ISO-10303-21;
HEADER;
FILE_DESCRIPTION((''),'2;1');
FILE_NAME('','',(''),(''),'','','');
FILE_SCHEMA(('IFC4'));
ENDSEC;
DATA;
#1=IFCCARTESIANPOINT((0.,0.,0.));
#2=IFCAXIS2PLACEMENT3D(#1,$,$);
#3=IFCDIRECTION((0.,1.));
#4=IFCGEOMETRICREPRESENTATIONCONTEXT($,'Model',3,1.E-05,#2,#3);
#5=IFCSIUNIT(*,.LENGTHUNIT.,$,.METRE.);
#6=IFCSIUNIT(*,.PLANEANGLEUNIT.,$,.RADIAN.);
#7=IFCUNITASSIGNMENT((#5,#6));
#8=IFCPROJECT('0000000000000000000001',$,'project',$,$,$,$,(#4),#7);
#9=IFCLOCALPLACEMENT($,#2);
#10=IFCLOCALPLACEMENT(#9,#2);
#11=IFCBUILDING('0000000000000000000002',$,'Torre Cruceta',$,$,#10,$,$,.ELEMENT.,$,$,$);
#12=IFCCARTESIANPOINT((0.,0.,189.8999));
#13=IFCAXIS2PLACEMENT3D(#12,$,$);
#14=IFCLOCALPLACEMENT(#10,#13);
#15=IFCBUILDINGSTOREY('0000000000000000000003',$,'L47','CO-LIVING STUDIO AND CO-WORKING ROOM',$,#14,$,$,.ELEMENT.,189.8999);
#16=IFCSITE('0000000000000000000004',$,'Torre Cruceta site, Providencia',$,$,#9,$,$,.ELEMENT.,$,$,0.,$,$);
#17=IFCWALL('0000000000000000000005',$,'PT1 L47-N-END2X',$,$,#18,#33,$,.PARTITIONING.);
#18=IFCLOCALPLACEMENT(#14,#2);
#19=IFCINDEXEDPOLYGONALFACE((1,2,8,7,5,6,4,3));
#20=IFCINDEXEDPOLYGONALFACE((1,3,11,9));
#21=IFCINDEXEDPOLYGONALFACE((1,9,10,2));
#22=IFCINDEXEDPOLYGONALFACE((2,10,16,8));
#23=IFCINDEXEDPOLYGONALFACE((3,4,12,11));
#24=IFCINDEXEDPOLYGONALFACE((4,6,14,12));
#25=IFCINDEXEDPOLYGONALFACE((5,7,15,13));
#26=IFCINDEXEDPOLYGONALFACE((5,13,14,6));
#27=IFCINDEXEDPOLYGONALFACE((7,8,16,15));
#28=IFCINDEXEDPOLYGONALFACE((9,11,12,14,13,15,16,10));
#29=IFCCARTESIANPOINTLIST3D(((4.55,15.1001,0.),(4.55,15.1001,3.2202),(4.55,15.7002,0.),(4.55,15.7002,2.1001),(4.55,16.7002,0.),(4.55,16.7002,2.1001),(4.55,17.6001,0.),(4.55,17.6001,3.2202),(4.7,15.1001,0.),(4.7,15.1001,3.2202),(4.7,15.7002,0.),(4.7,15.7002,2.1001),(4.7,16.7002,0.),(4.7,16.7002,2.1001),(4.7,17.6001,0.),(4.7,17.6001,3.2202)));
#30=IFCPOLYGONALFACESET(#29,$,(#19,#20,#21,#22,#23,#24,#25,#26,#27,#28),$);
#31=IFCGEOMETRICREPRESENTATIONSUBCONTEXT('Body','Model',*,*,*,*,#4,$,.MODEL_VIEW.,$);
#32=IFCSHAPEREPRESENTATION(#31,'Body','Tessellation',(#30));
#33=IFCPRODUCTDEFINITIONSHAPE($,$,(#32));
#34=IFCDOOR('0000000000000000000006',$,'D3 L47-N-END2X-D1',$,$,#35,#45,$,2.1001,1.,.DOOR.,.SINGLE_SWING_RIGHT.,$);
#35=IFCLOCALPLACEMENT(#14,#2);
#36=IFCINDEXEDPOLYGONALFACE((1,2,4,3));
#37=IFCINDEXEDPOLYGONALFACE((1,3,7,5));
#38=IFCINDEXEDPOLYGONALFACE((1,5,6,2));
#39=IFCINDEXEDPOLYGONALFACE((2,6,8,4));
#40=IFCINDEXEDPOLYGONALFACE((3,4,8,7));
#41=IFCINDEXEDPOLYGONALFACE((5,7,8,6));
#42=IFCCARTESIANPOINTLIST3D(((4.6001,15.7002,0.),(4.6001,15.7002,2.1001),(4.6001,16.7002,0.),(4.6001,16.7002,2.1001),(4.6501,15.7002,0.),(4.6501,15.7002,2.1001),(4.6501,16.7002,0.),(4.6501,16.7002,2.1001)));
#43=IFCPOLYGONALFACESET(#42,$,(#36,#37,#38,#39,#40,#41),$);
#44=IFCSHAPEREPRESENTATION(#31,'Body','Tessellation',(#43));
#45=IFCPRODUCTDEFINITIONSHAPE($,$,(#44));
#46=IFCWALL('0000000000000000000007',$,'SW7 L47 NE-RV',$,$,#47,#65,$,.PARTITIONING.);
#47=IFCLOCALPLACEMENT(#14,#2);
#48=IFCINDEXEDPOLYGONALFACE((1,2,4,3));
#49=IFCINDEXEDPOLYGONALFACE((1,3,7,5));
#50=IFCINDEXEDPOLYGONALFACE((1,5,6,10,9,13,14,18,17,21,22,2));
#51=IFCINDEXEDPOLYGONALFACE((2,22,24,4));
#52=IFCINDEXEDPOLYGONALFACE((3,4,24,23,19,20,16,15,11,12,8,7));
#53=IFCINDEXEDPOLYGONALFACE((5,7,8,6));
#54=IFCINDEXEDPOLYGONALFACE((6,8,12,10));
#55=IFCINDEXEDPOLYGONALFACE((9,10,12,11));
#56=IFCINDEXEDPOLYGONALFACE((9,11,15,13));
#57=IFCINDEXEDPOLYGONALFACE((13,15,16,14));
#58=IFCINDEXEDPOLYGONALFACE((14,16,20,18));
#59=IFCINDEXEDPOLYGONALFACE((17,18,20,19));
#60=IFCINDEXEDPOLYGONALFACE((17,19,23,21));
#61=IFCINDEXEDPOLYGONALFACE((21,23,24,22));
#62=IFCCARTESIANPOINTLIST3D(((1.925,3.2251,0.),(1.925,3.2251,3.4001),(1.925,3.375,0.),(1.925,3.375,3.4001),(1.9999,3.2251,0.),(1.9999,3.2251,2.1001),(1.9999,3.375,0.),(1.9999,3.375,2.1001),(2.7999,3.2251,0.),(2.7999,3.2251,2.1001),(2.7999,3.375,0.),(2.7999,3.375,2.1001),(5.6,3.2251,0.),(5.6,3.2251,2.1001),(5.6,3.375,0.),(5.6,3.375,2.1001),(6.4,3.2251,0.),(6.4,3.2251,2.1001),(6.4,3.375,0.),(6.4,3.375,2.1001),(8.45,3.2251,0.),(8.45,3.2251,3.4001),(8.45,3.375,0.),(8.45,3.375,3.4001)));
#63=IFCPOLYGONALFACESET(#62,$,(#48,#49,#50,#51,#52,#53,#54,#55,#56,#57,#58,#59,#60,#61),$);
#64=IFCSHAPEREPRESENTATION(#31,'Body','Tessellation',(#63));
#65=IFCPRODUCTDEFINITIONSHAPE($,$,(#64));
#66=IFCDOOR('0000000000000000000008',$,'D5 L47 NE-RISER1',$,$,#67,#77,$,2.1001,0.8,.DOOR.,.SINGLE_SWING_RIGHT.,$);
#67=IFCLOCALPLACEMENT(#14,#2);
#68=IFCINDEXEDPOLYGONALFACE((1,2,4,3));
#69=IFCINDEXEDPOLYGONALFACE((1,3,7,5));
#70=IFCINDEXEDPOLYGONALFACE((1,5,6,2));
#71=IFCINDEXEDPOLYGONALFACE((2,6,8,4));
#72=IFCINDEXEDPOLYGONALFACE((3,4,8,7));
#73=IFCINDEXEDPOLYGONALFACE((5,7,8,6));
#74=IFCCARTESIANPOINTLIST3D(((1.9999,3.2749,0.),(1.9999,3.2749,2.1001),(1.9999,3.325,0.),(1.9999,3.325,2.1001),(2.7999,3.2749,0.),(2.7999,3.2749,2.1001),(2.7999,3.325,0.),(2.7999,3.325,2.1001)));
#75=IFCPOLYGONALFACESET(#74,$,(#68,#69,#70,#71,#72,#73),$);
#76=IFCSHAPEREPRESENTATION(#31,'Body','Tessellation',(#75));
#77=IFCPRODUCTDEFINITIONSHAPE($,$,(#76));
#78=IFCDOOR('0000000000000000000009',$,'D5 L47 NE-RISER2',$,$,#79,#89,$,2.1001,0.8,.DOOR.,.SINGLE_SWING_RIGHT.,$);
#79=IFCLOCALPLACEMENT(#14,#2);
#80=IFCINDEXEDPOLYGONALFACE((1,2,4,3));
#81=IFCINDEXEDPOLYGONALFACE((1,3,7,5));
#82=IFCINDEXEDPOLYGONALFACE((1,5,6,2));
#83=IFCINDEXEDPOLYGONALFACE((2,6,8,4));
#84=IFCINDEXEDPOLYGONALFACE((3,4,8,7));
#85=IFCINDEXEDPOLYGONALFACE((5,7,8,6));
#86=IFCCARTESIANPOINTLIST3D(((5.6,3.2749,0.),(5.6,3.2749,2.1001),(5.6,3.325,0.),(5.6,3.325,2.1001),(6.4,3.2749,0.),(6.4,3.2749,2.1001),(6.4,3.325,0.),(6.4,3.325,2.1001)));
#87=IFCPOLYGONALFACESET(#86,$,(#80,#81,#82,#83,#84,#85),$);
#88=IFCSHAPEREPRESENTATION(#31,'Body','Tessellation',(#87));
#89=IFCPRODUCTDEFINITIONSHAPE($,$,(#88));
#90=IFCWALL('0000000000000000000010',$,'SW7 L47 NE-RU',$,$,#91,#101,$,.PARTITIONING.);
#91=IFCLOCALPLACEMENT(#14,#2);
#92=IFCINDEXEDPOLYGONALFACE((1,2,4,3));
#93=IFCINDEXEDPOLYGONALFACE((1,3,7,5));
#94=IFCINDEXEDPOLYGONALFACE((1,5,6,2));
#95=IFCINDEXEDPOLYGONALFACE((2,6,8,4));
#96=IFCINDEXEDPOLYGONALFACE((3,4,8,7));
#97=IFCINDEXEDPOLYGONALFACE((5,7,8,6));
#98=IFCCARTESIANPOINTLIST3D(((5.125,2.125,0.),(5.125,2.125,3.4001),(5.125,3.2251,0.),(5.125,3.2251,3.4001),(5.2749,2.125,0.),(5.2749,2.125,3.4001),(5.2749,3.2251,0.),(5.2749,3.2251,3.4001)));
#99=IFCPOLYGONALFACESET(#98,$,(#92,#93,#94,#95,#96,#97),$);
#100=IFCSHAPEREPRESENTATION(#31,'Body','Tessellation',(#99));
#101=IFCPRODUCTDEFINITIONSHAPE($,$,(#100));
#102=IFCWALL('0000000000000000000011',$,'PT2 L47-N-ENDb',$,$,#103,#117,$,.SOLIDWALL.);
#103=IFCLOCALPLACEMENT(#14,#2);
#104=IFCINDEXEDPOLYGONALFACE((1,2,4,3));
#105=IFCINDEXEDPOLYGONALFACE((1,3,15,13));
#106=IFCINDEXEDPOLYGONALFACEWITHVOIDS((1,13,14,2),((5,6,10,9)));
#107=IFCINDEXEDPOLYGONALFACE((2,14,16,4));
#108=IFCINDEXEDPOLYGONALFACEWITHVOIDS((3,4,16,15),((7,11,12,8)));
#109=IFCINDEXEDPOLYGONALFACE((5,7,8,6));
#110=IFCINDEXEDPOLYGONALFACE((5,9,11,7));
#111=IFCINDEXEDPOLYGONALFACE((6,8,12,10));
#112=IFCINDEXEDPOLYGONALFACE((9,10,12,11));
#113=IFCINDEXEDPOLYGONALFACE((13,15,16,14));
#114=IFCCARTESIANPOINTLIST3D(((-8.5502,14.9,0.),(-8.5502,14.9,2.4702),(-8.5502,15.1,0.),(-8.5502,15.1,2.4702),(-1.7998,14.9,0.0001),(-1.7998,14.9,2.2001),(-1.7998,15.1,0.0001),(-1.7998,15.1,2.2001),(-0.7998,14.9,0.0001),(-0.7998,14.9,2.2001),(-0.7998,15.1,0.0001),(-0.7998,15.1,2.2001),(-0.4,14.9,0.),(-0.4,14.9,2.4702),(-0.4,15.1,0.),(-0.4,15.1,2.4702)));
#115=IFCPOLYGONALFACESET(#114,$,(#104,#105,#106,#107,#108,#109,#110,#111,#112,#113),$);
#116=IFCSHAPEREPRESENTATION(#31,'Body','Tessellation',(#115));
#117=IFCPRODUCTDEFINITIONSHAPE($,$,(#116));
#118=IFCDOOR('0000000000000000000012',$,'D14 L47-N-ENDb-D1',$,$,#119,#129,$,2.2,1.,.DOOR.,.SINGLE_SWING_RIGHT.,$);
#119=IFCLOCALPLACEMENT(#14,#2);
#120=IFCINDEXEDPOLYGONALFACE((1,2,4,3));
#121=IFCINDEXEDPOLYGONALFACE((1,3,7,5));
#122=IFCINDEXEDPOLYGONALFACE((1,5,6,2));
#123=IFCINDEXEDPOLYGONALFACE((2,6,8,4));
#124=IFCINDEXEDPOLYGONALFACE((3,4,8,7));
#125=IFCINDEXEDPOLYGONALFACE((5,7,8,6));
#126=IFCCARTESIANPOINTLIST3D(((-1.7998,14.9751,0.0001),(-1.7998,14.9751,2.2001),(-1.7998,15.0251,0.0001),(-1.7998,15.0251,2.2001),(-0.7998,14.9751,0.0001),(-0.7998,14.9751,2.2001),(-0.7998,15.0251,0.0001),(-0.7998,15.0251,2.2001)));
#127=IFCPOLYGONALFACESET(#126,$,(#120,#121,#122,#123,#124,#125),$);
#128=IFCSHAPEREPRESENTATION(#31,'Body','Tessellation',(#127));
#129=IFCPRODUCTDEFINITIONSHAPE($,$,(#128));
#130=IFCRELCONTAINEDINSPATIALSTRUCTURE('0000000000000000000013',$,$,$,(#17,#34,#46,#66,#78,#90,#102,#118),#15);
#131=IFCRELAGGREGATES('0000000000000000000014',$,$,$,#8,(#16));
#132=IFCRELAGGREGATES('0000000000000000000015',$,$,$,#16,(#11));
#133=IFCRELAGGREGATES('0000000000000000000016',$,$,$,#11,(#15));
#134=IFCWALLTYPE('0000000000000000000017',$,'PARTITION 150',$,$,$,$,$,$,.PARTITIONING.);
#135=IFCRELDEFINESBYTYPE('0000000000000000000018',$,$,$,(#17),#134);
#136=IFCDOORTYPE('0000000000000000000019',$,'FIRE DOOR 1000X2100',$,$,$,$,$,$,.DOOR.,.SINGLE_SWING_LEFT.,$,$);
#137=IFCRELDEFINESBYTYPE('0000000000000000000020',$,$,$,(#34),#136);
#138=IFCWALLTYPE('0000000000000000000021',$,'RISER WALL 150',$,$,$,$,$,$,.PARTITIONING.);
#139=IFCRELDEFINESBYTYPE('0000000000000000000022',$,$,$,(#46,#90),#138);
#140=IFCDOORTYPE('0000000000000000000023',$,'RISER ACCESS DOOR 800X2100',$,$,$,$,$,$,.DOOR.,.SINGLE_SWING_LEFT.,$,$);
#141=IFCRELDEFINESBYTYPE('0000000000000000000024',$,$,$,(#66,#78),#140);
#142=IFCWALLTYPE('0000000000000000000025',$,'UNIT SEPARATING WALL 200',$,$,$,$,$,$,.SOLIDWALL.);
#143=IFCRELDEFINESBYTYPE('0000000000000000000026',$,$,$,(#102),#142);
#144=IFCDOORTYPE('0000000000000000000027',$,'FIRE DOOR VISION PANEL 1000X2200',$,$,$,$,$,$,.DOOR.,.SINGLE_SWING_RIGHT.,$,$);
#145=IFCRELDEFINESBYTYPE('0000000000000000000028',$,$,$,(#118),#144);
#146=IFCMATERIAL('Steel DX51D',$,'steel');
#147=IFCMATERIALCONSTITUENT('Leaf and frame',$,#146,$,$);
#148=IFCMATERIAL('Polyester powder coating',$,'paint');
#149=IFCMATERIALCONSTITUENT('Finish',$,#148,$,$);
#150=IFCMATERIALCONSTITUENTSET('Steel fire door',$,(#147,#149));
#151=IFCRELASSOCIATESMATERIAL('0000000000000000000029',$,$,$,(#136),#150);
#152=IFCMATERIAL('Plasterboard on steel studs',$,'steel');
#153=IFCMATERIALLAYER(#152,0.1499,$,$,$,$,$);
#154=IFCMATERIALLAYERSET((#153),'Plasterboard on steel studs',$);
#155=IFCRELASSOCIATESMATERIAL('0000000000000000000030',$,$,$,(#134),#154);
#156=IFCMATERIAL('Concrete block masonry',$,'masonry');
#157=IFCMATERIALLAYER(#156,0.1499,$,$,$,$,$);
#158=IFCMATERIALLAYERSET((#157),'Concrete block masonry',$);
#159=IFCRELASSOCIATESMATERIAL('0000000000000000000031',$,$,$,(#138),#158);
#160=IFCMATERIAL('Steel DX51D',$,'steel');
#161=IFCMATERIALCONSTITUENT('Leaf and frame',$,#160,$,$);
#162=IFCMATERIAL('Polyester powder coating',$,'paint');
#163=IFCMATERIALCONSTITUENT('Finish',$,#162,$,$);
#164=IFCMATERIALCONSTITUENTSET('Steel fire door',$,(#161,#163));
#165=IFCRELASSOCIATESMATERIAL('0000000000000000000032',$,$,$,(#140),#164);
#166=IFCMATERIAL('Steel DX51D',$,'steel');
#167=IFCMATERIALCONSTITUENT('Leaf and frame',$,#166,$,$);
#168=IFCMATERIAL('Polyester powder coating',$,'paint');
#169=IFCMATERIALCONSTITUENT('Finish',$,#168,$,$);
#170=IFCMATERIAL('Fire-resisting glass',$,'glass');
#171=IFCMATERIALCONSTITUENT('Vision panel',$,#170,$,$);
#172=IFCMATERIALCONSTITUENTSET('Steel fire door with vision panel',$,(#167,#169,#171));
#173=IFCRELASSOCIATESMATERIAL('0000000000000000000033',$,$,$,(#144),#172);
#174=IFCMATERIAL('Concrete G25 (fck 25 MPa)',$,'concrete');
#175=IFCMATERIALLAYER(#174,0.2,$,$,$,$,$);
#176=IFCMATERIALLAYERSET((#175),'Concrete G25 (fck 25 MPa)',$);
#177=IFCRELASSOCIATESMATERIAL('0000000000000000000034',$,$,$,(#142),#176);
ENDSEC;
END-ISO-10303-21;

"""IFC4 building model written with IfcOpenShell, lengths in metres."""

from ifc_helpers import new_model, si_unit, direction, frame, frame_2d, origin, place, context, subcontext, project, spatial, rectangle, extrude, material, layer, layer_set, constituent, constituent_set, type_object, element, fill, save


model = new_model("IFC4")

# Units and contexts
model_context = context("Model", 3, precision=1e-05, world=origin(), true_north=direction((0.0, 1.0)))
body_context = subcontext(model_context, "Body", "Model", "MODEL_VIEW")
ifc_project = project(units=[si_unit("LENGTHUNIT", "METRE"), si_unit("PLANEANGLEUNIT", "RADIAN")], contexts=[model_context])

# Site, building, storey
site_placement = place(None, origin())
site = spatial("IfcSite", under=ifc_project, at=site_placement, Name="Torre Cruceta site, Providencia", CompositionType="ELEMENT", RefElevation=0.0)
building_placement = place(site_placement, origin())
building = spatial("IfcBuilding", under=site, at=building_placement, Name="Torre Cruceta", CompositionType="ELEMENT")
storey_placement = place(building_placement, frame((0.0, 0.0, 189.8999)))
storey = spatial("IfcBuildingStorey", under=building, at=storey_placement, Name="L47", Description="CO-LIVING STUDIO AND CO-WORKING ROOM", CompositionType="ELEMENT", Elevation=189.8999)

# Shared definitions
ifc_material_1 = material(Name="Steel DX51D", Category="steel")
ifc_constituent_1 = constituent(ifc_material_1, Name="Leaf and frame")
ifc_material_2 = material(Name="Polyester powder coating", Category="paint")
ifc_constituent_2 = constituent(ifc_material_2, Name="Finish")
ifc_constituent_set_1 = constituent_set(constituents=[ifc_constituent_1, ifc_constituent_2], Name="Steel fire door")
door_type_1 = type_object("IfcDoorType", Name="FIRE DOOR 1000X2100", OperationType="SINGLE_SWING_LEFT", PredefinedType="DOOR", material=ifc_constituent_set_1)

# Wall, opening, door
ifc_material_3 = material(Name="Plasterboard on steel studs", Category="steel")
ifc_layer_1 = layer(ifc_material_3, 0.1499)
ifc_layer_set_1 = layer_set([ifc_layer_1], Name="Plasterboard on steel studs")
wall_type_1 = type_object("IfcWallType", Name="PARTITION 150", PredefinedType="PARTITIONING", material=ifc_layer_set_1)
wall_1_placement = place(storey_placement, frame((4.625, 15.1001, 0.0), z_axis=(0.0, 0.0, 1.0), x_axis=(0.0, 1.0, 0.0)))
wall_1 = element("IfcWall", 1, at=wall_1_placement, inside=storey, type_object=wall_type_1, Name="PT1 L47-N-END2X", PredefinedType="PARTITIONING", context=body_context, shape_type="SweptSolid", body=[
    extrude(rectangle(XDim=2.5, YDim=0.1499, at=frame_2d((1.25, 0.0))), origin(), (0.0, 0.0, 1.0), 3.2202),
])
opening_1_placement = place(wall_1_placement, frame((0.6001, 0.0, 0.0)))
opening_1 = element("IfcOpeningElement", 2, at=opening_1_placement, cuts=wall_1, PredefinedType="OPENING", context=body_context, shape_type="SweptSolid", body=[
    extrude(rectangle(XDim=1.0, YDim=2.1001, at=frame_2d((0.5, 1.05))), frame((0.0, 0.085, 0.0), z_axis=(0.0, -1.0, 0.0), x_axis=(1.0, 0.0, 0.0)), (0.0, 0.0, 1.0), 0.1699),
])
door_1_placement = place(opening_1_placement, frame((1.0, 0.0, 0.0), z_axis=(0.0, 0.0, 1.0), x_axis=(-1.0, 0.0, 0.0)))
door_1 = element("IfcDoor", 3, at=door_1_placement, inside=storey, type_object=door_type_1, Name="D3 L47-N-END2X-D1", OperationType="SINGLE_SWING_RIGHT", OverallHeight=2.1001, OverallWidth=1.0, PredefinedType="DOOR", context=body_context, shape_type="SweptSolid", body=[
    extrude(rectangle(XDim=1.0, YDim=2.1001, at=frame_2d((0.5, 1.05))), frame((0.0, 0.0251, 0.0), z_axis=(0.0, -1.0, 0.0), x_axis=(1.0, 0.0, 0.0)), (0.0, 0.0, 1.0), 0.05),
])
fill(opening_1, door_1)

# Wall, openings, doors
ifc_material_4 = material(Name="Concrete block masonry", Category="masonry")
ifc_layer_2 = layer(ifc_material_4, 0.1499)
ifc_layer_set_2 = layer_set([ifc_layer_2], Name="Concrete block masonry")
wall_type_2 = type_object("IfcWallType", Name="RISER WALL 150", PredefinedType="PARTITIONING", material=ifc_layer_set_2)
wall_2_placement = place(storey_placement, frame((1.925, 3.3, 0.0), z_axis=(0.0, 0.0, 1.0), x_axis=(1.0, 0.0, 0.0)))
wall_2 = element("IfcWall", 4, at=wall_2_placement, inside=storey, type_object=wall_type_2, Name="SW7 L47 NE-RV", PredefinedType="PARTITIONING", context=body_context, shape_type="SweptSolid", body=[
    extrude(rectangle(XDim=6.5249, YDim=0.1499, at=frame_2d((3.2625, 0.0))), origin(), (0.0, 0.0, 1.0), 3.4001),
])
opening_2_placement = place(wall_2_placement, frame((0.075, 0.0, 0.0)))
opening_2 = element("IfcOpeningElement", 5, at=opening_2_placement, cuts=wall_2, PredefinedType="OPENING", context=body_context, shape_type="SweptSolid", body=[
    extrude(rectangle(XDim=0.8, YDim=2.1001, at=frame_2d((0.3999, 1.05))), frame((0.0, 0.085, 0.0), z_axis=(0.0, -1.0, 0.0), x_axis=(1.0, 0.0, 0.0)), (0.0, 0.0, 1.0), 0.1699),
])
opening_3_placement = place(wall_2_placement, frame((3.675, 0.0, 0.0)))
opening_3 = element("IfcOpeningElement", 6, at=opening_3_placement, cuts=wall_2, PredefinedType="OPENING", context=body_context, shape_type="SweptSolid", body=[
    extrude(rectangle(XDim=0.8, YDim=2.1001, at=frame_2d((0.3999, 1.05))), frame((0.0, 0.085, 0.0), z_axis=(0.0, -1.0, 0.0), x_axis=(1.0, 0.0, 0.0)), (0.0, 0.0, 1.0), 0.1699),
])
ifc_material_5 = material(Name="Steel DX51D", Category="steel")
ifc_constituent_3 = constituent(ifc_material_5, Name="Leaf and frame")
ifc_material_6 = material(Name="Polyester powder coating", Category="paint")
ifc_constituent_4 = constituent(ifc_material_6, Name="Finish")
ifc_constituent_set_2 = constituent_set(constituents=[ifc_constituent_3, ifc_constituent_4], Name="Steel fire door")
door_type_2 = type_object("IfcDoorType", Name="RISER ACCESS DOOR 800X2100", OperationType="SINGLE_SWING_LEFT", PredefinedType="DOOR", material=ifc_constituent_set_2)
door_2_placement = place(opening_2_placement, frame((0.8, 0.0, 0.0), z_axis=(0.0, 0.0, 1.0), x_axis=(-1.0, 0.0, 0.0)))
door_2 = element("IfcDoor", 7, at=door_2_placement, inside=storey, type_object=door_type_2, Name="D5 L47 NE-RISER1", OperationType="SINGLE_SWING_RIGHT", OverallHeight=2.1001, OverallWidth=0.8, PredefinedType="DOOR", context=body_context, shape_type="SweptSolid", body=[
    extrude(rectangle(XDim=0.8, YDim=2.1001, at=frame_2d((0.4001, 1.05))), frame((0.0, 0.0251, 0.0), z_axis=(0.0, -1.0, 0.0), x_axis=(1.0, 0.0, 0.0)), (0.0, 0.0, 1.0), 0.05),
])
fill(opening_2, door_2)
door_3_placement = place(opening_3_placement, frame((0.8, 0.0, 0.0), z_axis=(0.0, 0.0, 1.0), x_axis=(-1.0, 0.0, 0.0)))
door_3 = element("IfcDoor", 8, at=door_3_placement, inside=storey, type_object=door_type_2, Name="D5 L47 NE-RISER2", OperationType="SINGLE_SWING_RIGHT", OverallHeight=2.1001, OverallWidth=0.8, PredefinedType="DOOR", context=body_context, shape_type="SweptSolid", body=[
    extrude(rectangle(XDim=0.8, YDim=2.1001, at=frame_2d((0.4001, 1.05))), frame((0.0, 0.0251, 0.0), z_axis=(0.0, -1.0, 0.0), x_axis=(1.0, 0.0, 0.0)), (0.0, 0.0, 1.0), 0.05),
])
fill(opening_3, door_3)

# Wall
wall_3_placement = place(storey_placement, frame((5.2, 2.125, 0.0), z_axis=(0.0, 0.0, 1.0), x_axis=(0.0, 1.0, 0.0)))
element("IfcWall", 9, at=wall_3_placement, inside=storey, type_object=wall_type_2, Name="SW7 L47 NE-RU", PredefinedType="PARTITIONING", context=body_context, shape_type="SweptSolid", body=[
    extrude(rectangle(XDim=1.1001, YDim=0.1499, at=frame_2d((0.55, 0.0))), origin(), (0.0, 0.0, 1.0), 3.4001),
])

# Shared definitions
ifc_material_7 = material(Name="Steel DX51D", Category="steel")
ifc_constituent_5 = constituent(ifc_material_7, Name="Leaf and frame")
ifc_material_8 = material(Name="Polyester powder coating", Category="paint")
ifc_constituent_6 = constituent(ifc_material_8, Name="Finish")
ifc_material_9 = material(Name="Fire-resisting glass", Category="glass")
ifc_constituent_7 = constituent(ifc_material_9, Name="Vision panel")
ifc_constituent_set_3 = constituent_set(constituents=[ifc_constituent_5, ifc_constituent_6, ifc_constituent_7], Name="Steel fire door with vision panel")
door_type_3 = type_object("IfcDoorType", Name="FIRE DOOR VISION PANEL 1000X2200", OperationType="SINGLE_SWING_RIGHT", PredefinedType="DOOR", material=ifc_constituent_set_3)

# Wall, opening, door
ifc_material_10 = material(Name="Concrete G25 (fck 25 MPa)", Category="concrete")
ifc_layer_3 = layer(ifc_material_10, 0.2)
ifc_layer_set_3 = layer_set([ifc_layer_3], Name="Concrete G25 (fck 25 MPa)")
wall_type_3 = type_object("IfcWallType", Name="UNIT SEPARATING WALL 200", PredefinedType="SOLIDWALL", material=ifc_layer_set_3)
wall_4_placement = place(storey_placement, frame((-0.3999, 15.0, 0.0), z_axis=(0.0, 0.0, 1.0), x_axis=(-1.0, 0.0, 0.0)))
wall_4 = element("IfcWall", 10, at=wall_4_placement, inside=storey, type_object=wall_type_3, Name="PT2 L47-N-ENDb", PredefinedType="SOLIDWALL", context=body_context, shape_type="SweptSolid", body=[
    extrude(rectangle(XDim=8.1501, YDim=0.2, at=frame_2d((4.0752, 0.0))), origin(), (0.0, 0.0, 1.0), 2.4702),
])
opening_4_placement = place(wall_4_placement, frame((0.3999, 0.0, 0.0)))
opening_4 = element("IfcOpeningElement", 11, at=opening_4_placement, cuts=wall_4, PredefinedType="OPENING", context=body_context, shape_type="SweptSolid", body=[
    extrude(rectangle(XDim=1.0, YDim=2.2, at=frame_2d((0.5, 1.1001))), frame((0.0, 0.1099, 0.0), z_axis=(0.0, -1.0, 0.0), x_axis=(1.0, 0.0, 0.0)), (0.0, 0.0, 1.0), 0.22),
])
door_4_placement = place(opening_4_placement, frame((1.0, 0.0, 0.0), z_axis=(0.0, 0.0, 1.0), x_axis=(-1.0, 0.0, 0.0)))
door_4 = element("IfcDoor", 12, at=door_4_placement, inside=storey, type_object=door_type_3, Name="D14 L47-N-ENDb-D1", OperationType="SINGLE_SWING_RIGHT", OverallHeight=2.2, OverallWidth=1.0, PredefinedType="DOOR", context=body_context, shape_type="SweptSolid", body=[
    extrude(rectangle(XDim=1.0, YDim=2.2, at=frame_2d((0.5, 1.1001))), frame((0.0, 0.0251, 0.0), z_axis=(0.0, -1.0, 0.0), x_axis=(1.0, 0.0, 0.0)), (0.0, 0.0, 1.0), 0.05),
])
fill(opening_4, door_4)

save(model, "model.ifc")
